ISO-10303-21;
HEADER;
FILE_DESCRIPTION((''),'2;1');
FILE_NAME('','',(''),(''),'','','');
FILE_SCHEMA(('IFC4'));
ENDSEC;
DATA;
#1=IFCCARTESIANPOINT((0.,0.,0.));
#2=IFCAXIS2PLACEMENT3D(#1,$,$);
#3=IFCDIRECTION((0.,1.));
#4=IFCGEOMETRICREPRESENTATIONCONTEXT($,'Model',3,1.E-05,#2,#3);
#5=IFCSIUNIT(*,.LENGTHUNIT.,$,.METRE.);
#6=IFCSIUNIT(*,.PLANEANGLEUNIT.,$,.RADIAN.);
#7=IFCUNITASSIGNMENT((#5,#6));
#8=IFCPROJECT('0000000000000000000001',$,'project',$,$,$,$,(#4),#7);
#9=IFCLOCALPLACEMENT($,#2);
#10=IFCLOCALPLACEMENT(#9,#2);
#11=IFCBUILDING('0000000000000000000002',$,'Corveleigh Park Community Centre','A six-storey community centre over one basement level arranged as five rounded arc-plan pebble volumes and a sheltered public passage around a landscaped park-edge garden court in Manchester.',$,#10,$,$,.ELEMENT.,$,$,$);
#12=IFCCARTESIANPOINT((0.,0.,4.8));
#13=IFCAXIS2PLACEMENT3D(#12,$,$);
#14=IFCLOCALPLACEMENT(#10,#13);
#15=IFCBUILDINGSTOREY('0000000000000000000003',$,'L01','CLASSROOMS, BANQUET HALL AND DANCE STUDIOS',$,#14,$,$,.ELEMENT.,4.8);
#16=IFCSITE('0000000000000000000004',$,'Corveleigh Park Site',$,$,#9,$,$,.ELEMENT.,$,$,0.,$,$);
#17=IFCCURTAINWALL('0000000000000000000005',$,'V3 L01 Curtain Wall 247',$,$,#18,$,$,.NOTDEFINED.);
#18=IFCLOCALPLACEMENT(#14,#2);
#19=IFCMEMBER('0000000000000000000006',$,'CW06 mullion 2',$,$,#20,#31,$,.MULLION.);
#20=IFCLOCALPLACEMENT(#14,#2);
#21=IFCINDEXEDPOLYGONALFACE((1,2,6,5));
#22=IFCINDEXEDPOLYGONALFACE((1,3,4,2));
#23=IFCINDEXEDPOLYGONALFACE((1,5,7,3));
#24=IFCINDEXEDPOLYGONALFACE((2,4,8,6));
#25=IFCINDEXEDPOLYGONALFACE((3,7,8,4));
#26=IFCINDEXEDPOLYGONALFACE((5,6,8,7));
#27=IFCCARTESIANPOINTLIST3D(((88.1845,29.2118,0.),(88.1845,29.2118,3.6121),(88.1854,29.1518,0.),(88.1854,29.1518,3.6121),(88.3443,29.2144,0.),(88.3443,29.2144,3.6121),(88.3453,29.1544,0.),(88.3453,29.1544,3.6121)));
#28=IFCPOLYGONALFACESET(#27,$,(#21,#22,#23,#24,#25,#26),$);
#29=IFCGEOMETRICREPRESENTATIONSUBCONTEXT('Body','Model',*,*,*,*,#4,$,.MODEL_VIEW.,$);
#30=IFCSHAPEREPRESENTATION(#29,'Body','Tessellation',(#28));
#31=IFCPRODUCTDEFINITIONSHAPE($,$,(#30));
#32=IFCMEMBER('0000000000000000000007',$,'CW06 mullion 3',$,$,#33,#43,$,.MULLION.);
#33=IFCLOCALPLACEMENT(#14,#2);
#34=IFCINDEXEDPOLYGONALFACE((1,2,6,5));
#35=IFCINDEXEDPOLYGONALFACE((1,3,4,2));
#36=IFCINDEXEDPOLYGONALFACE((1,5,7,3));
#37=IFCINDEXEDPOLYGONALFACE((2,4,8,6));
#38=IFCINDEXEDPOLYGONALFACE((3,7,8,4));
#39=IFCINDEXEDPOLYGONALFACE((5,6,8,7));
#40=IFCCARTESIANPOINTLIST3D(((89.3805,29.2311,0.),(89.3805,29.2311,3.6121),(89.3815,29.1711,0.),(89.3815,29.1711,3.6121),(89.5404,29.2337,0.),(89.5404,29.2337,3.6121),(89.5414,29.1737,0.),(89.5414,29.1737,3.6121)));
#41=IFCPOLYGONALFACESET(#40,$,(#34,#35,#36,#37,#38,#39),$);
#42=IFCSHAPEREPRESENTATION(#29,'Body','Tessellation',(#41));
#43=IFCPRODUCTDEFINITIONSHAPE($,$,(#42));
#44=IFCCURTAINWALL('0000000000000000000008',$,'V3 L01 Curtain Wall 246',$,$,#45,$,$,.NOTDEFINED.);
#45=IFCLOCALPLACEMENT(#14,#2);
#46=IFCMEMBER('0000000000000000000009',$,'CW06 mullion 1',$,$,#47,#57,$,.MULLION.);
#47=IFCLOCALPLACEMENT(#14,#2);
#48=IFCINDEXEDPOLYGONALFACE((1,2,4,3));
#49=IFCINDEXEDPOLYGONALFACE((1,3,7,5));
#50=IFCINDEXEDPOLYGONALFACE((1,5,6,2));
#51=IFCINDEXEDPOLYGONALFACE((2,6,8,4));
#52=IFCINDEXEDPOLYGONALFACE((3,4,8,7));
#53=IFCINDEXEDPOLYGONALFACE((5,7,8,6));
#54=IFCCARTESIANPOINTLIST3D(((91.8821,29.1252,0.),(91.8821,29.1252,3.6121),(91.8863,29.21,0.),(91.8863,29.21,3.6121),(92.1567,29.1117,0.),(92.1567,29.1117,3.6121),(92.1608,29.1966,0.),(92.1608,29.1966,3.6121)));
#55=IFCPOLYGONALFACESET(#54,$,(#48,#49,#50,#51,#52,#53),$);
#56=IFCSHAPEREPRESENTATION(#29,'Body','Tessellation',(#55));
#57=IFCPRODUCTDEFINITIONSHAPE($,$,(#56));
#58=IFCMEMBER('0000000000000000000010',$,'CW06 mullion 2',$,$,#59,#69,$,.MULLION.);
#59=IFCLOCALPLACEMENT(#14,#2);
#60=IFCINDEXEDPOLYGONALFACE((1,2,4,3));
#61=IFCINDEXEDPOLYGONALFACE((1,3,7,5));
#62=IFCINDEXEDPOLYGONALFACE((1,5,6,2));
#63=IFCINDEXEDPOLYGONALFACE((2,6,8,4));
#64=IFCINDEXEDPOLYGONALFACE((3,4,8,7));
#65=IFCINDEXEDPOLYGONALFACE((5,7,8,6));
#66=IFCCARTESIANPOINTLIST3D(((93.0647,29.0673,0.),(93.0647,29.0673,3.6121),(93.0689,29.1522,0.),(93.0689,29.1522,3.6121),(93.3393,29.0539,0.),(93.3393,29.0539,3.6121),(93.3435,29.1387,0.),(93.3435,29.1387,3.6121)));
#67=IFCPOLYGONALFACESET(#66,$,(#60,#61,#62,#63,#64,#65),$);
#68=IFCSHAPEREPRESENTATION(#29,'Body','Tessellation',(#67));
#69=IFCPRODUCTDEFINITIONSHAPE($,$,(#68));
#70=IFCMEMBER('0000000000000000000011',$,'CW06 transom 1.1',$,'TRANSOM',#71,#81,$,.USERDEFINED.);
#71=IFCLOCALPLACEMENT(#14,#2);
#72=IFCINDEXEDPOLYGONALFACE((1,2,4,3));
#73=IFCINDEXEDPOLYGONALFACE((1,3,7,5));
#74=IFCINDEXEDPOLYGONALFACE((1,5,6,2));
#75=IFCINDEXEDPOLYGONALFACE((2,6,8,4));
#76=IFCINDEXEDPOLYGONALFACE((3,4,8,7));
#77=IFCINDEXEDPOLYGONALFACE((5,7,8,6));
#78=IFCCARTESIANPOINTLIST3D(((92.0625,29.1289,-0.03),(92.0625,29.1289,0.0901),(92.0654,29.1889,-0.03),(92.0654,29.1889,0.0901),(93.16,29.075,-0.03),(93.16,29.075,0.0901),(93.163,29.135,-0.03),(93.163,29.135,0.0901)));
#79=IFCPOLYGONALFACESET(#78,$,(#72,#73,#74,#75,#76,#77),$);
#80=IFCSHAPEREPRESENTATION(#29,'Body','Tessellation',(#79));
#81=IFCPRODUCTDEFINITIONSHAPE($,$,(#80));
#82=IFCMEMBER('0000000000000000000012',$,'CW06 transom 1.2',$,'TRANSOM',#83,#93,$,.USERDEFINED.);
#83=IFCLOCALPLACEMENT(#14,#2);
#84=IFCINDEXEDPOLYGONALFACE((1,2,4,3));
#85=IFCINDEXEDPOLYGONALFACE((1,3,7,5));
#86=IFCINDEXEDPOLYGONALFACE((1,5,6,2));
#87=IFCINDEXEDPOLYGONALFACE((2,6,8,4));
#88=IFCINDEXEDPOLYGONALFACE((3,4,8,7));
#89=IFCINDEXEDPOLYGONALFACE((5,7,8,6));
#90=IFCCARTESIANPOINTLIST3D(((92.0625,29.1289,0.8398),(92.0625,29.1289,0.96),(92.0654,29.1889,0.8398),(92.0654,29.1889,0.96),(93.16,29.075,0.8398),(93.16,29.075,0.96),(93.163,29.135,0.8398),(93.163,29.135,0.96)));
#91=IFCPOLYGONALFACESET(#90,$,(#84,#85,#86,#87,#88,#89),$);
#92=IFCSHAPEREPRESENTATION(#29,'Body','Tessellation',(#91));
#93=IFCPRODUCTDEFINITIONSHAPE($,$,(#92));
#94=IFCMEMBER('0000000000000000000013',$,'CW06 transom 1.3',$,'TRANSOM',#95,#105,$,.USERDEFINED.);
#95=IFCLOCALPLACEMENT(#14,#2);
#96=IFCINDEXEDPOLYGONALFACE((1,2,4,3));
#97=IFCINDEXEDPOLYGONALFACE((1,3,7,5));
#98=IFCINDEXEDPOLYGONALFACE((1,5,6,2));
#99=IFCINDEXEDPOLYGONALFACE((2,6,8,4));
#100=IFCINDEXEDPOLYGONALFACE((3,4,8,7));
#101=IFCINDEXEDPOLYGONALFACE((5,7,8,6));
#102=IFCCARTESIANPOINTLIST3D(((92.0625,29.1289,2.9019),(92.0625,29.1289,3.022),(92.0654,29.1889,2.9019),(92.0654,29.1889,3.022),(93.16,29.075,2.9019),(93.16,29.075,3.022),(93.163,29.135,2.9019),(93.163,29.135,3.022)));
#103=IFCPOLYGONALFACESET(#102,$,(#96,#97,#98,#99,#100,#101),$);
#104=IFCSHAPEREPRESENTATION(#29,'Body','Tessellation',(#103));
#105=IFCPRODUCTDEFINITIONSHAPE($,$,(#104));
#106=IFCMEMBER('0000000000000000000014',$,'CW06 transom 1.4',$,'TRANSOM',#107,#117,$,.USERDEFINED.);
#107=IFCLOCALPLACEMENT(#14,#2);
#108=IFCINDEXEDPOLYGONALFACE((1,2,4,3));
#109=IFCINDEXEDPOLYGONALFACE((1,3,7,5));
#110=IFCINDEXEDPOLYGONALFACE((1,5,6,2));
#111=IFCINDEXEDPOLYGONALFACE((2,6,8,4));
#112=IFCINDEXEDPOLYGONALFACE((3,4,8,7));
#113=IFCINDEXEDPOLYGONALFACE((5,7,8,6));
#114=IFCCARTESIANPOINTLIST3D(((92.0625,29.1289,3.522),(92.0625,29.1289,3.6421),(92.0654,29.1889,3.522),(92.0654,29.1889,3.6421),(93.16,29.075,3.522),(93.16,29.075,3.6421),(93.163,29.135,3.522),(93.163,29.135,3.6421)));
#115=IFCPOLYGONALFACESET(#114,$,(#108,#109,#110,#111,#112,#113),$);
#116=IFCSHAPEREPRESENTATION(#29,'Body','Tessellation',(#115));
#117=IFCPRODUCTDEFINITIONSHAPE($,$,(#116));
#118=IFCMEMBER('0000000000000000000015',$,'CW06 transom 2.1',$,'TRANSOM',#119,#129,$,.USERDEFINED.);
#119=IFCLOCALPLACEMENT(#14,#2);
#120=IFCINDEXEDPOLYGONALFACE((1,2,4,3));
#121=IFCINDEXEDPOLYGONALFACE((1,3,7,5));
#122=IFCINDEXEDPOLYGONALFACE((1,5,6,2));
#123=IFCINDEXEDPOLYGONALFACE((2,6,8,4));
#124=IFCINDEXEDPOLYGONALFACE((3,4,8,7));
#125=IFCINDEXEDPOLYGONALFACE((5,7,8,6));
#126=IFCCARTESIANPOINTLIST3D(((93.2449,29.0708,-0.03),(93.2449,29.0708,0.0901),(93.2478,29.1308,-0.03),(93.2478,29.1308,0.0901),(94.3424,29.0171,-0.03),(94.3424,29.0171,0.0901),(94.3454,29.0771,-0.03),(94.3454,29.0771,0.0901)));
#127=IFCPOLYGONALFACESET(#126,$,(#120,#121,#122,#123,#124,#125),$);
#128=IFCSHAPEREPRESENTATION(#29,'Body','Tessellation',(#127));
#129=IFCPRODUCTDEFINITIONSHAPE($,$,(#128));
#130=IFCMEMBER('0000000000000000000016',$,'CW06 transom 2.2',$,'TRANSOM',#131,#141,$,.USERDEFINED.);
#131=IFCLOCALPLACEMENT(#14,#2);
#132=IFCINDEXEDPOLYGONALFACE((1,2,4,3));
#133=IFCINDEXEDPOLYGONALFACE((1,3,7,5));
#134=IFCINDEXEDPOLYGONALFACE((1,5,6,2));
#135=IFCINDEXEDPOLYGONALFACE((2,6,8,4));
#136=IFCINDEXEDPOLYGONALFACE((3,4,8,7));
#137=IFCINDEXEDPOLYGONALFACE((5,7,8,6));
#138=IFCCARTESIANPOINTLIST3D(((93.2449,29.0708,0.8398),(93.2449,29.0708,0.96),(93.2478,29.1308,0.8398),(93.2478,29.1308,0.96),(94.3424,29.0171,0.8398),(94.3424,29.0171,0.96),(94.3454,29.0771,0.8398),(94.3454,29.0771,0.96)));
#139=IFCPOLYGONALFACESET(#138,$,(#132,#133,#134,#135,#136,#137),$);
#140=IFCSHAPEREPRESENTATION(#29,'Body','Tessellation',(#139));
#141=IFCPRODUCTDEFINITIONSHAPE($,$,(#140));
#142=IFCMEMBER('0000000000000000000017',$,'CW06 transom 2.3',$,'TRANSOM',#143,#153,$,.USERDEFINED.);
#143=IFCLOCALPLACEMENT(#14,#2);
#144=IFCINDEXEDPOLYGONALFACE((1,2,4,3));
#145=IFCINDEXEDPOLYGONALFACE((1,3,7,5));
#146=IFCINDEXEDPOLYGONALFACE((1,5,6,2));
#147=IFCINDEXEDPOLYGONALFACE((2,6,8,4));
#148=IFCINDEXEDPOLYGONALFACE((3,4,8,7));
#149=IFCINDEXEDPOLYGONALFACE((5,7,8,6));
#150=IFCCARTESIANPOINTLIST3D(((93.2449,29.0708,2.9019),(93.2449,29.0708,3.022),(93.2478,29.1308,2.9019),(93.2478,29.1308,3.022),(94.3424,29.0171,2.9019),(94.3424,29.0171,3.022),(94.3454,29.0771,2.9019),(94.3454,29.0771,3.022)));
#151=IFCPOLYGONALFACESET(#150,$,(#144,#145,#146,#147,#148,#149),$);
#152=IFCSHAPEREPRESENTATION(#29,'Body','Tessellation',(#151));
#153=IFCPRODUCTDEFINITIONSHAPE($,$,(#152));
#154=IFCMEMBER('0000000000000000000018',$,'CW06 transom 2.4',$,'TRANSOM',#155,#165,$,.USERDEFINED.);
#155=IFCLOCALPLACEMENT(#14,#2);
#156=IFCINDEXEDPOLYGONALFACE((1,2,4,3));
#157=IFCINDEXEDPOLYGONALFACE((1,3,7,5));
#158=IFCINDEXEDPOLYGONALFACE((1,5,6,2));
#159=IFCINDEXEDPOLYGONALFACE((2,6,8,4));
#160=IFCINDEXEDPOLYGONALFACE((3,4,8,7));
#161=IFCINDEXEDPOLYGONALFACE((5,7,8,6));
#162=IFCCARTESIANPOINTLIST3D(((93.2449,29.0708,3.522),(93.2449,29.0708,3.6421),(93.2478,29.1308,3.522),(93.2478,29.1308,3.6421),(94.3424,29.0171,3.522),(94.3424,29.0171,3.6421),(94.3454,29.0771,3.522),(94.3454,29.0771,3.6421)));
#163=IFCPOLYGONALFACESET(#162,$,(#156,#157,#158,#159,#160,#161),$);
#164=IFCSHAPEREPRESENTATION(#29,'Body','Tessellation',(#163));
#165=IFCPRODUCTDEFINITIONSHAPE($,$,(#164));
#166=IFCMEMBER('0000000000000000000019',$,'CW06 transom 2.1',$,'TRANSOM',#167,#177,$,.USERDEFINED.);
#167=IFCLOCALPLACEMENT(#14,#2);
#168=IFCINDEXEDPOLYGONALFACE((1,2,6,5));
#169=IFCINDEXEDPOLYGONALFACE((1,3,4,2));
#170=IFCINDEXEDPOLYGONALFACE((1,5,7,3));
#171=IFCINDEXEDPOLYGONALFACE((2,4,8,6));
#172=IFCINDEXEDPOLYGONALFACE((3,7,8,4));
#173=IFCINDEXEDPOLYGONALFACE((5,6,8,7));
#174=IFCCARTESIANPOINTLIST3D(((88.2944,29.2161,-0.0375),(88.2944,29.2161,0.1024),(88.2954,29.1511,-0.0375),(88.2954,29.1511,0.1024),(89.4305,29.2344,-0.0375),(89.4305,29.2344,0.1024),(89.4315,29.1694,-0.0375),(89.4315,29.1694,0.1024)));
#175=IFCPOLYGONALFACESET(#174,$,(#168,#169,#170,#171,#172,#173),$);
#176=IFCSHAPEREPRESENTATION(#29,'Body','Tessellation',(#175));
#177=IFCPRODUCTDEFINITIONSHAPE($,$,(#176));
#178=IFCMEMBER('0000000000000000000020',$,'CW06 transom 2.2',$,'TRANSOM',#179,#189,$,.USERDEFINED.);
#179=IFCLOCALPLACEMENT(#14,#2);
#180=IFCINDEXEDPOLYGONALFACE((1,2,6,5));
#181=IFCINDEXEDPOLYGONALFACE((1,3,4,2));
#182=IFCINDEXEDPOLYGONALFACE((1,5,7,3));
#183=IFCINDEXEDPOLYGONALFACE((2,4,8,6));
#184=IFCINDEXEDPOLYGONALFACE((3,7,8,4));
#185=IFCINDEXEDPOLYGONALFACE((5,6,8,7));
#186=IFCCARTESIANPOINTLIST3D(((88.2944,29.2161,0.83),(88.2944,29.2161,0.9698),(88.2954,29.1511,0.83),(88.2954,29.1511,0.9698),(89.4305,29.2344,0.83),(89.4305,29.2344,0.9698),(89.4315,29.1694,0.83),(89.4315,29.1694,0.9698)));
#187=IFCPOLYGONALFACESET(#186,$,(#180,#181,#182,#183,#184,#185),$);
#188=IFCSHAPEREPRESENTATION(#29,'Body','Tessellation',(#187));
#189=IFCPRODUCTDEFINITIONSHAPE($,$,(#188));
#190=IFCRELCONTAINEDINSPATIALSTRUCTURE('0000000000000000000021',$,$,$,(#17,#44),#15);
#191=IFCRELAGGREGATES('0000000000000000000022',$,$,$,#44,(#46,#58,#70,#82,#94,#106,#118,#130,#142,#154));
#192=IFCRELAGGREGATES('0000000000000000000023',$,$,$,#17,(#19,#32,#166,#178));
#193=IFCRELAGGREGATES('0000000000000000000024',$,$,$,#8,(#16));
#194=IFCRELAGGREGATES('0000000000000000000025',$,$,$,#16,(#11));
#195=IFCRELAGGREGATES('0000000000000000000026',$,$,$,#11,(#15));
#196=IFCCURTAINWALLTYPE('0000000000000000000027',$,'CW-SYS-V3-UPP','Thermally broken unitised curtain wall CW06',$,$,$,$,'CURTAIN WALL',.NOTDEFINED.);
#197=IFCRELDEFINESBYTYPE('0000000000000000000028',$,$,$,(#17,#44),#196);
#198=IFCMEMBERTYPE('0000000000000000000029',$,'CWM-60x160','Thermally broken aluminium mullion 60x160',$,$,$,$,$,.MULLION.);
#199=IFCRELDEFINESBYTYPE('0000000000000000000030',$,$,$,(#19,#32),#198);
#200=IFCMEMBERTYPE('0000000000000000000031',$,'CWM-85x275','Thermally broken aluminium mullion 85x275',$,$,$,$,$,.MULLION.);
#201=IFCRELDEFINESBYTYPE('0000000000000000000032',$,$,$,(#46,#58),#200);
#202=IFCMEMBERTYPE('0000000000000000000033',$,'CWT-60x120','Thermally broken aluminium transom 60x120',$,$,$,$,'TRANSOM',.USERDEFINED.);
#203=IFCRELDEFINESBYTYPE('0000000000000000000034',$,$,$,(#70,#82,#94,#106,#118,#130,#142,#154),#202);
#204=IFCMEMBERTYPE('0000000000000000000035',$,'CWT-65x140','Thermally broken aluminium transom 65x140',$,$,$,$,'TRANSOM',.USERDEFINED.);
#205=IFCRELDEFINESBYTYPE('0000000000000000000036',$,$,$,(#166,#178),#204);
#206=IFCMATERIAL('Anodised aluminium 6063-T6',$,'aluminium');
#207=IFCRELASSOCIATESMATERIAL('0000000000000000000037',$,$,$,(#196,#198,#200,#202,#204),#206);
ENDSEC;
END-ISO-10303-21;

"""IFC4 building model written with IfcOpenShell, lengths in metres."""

from ifc_helpers import new_model, si_unit, direction, frame, origin, origin_2d, place, context, subcontext, project, spatial, rectangle, extrude, material, material_profile, profile_set, type_object, element, aggregate, save


model = new_model("IFC4")

# Units and contexts
model_context = context("Model", 3, precision=1e-05, world=origin(), true_north=direction((0.0, 1.0)))
body_context = subcontext(model_context, "Body", "Model", "MODEL_VIEW")
ifc_project = project(units=[si_unit("LENGTHUNIT", "METRE"), si_unit("PLANEANGLEUNIT", "RADIAN")], contexts=[model_context])

# Site, building, storey
site_placement = place(None, origin())
site = spatial("IfcSite", under=ifc_project, at=site_placement, Name="Corveleigh Park Site", CompositionType="ELEMENT", RefElevation=0.0)
building_placement = place(site_placement, origin())
building = spatial("IfcBuilding", under=site, at=building_placement, Name="Corveleigh Park Community Centre", Description="A six-storey community centre over one basement level arranged as five rounded arc-plan pebble volumes and a sheltered public passage around a landscaped park-edge garden court in Manchester.", CompositionType="ELEMENT")
storey_placement = place(building_placement, frame((0.0, 0.0, 4.8)))
storey = spatial("IfcBuildingStorey", under=building, at=storey_placement, Name="L01", Description="CLASSROOMS, BANQUET HALL AND DANCE STUDIOS", CompositionType="ELEMENT", Elevation=4.8)

# Curtain walls, members
ifc_material_1 = material(Name="Anodised aluminium 6063-T6", Category="aluminium")
curtain_wall_type = type_object("IfcCurtainWallType", Name="CW-SYS-V3-UPP", Description="Thermally broken unitised curtain wall CW06", ElementType="CURTAIN WALL", PredefinedType="NOTDEFINED", material=ifc_material_1)
curtain_wall_1_placement = place(storey_placement, origin())
curtain_wall_1 = element("IfcCurtainWall", 1, at=curtain_wall_1_placement, inside=storey, type_object=curtain_wall_type, Name="V3 L01 Curtain Wall 247", PredefinedType="NOTDEFINED")
ifc_material_profile_1 = material_profile(ifc_material_1, rectangle(XDim=0.0601, YDim=0.1599, at=origin_2d()), Name="ALU-M60x160", Category="aluminium")
ifc_profile_set_1 = profile_set([ifc_material_profile_1], Name="Anodised aluminium 6063-T6")
member_type_1 = type_object("IfcMemberType", Name="CWM-60x160", Description="Thermally broken aluminium mullion 60x160", PredefinedType="MULLION", material=ifc_profile_set_1)
member_1_placement = place(storey_placement, frame((88.2649, 29.1831, 0.0), z_axis=(0.0, 0.0, 1.0), x_axis=(-0.016311, 0.999867, 0.0)))
member_1 = element("IfcMember", 2, at=member_1_placement, type_object=member_type_1, Name="CW06 mullion 2", PredefinedType="MULLION", context=body_context, shape_type="SweptSolid", body=[
    extrude(rectangle(XDim=0.0601, YDim=0.1599, at=origin_2d()), origin(), (0.0, 0.0, 1.0), 3.6121),
])
member_2_placement = place(storey_placement, frame((89.4609, 29.2024, 0.0), z_axis=(0.0, 0.0, 1.0), x_axis=(-0.016311, 0.999867, 0.0)))
member_2 = element("IfcMember", 3, at=member_2_placement, type_object=member_type_1, Name="CW06 mullion 3", PredefinedType="MULLION", context=body_context, shape_type="SweptSolid", body=[
    extrude(rectangle(XDim=0.0601, YDim=0.1599, at=origin_2d()), origin(), (0.0, 0.0, 1.0), 3.6121),
])
curtain_wall_2_placement = place(storey_placement, origin())
curtain_wall_2 = element("IfcCurtainWall", 4, at=curtain_wall_2_placement, inside=storey, type_object=curtain_wall_type, Name="V3 L01 Curtain Wall 246", PredefinedType="NOTDEFINED")
ifc_material_profile_2 = material_profile(ifc_material_1, rectangle(XDim=0.085, YDim=0.2749, at=origin_2d()), Name="ALU-M85x275", Category="aluminium")
ifc_profile_set_2 = profile_set([ifc_material_profile_2], Name="Anodised aluminium 6063-T6")
member_type_2 = type_object("IfcMemberType", Name="CWM-85x275", Description="Thermally broken aluminium mullion 85x275", PredefinedType="MULLION", material=ifc_profile_set_2)
member_3_placement = place(storey_placement, frame((92.0215, 29.1609, 0.0), z_axis=(0.0, 0.0, 1.0), x_axis=(0.048921, 0.998803, 0.0)))
member_3 = element("IfcMember", 5, at=member_3_placement, type_object=member_type_2, Name="CW06 mullion 1", PredefinedType="MULLION", context=body_context, shape_type="SweptSolid", body=[
    extrude(rectangle(XDim=0.085, YDim=0.2749, at=origin_2d()), origin(), (0.0, 0.0, 1.0), 3.6121),
])
member_4_placement = place(storey_placement, frame((93.2041, 29.103, 0.0), z_axis=(0.0, 0.0, 1.0), x_axis=(0.048921, 0.998803, 0.0)))
member_4 = element("IfcMember", 6, at=member_4_placement, type_object=member_type_2, Name="CW06 mullion 2", PredefinedType="MULLION", context=body_context, shape_type="SweptSolid", body=[
    extrude(rectangle(XDim=0.085, YDim=0.2749, at=origin_2d()), origin(), (0.0, 0.0, 1.0), 3.6121),
])
ifc_material_profile_3 = material_profile(ifc_material_1, rectangle(XDim=0.0601, YDim=0.1201, at=origin_2d()), Name="ALU-T60x120", Category="aluminium")
ifc_profile_set_3 = profile_set([ifc_material_profile_3], Name="Anodised aluminium 6063-T6")
member_type_3 = type_object("IfcMemberType", Name="CWT-60x120", Description="Thermally broken aluminium transom 60x120", ElementType="TRANSOM", PredefinedType="USERDEFINED", material=ifc_profile_set_3)
member_5_placement = place(storey_placement, frame((92.064, 29.1589, 0.03), z_axis=(0.998794, -0.049096, 0.0), x_axis=(0.049096, 0.998794, 0.0)))
member_5 = element("IfcMember", 7, at=member_5_placement, type_object=member_type_3, Name="CW06 transom 1.1", ObjectType="TRANSOM", PredefinedType="USERDEFINED", context=body_context, shape_type="SweptSolid", body=[
    extrude(rectangle(XDim=0.0601, YDim=0.1201, at=origin_2d()), origin(), (0.0, 0.0, 1.0), 1.0989),
])
member_6_placement = place(storey_placement, frame((92.064, 29.1589, 0.8999), z_axis=(0.998794, -0.049096, 0.0), x_axis=(0.049096, 0.998794, 0.0)))
member_6 = element("IfcMember", 8, at=member_6_placement, type_object=member_type_3, Name="CW06 transom 1.2", ObjectType="TRANSOM", PredefinedType="USERDEFINED", context=body_context, shape_type="SweptSolid", body=[
    extrude(rectangle(XDim=0.0601, YDim=0.1201, at=origin_2d()), origin(), (0.0, 0.0, 1.0), 1.0989),
])
member_7_placement = place(storey_placement, frame((92.064, 29.1589, 2.9619), z_axis=(0.998794, -0.049096, 0.0), x_axis=(0.049096, 0.998794, 0.0)))
member_7 = element("IfcMember", 9, at=member_7_placement, type_object=member_type_3, Name="CW06 transom 1.3", ObjectType="TRANSOM", PredefinedType="USERDEFINED", context=body_context, shape_type="SweptSolid", body=[
    extrude(rectangle(XDim=0.0601, YDim=0.1201, at=origin_2d()), origin(), (0.0, 0.0, 1.0), 1.0989),
])
member_8_placement = place(storey_placement, frame((92.064, 29.1589, 3.582), z_axis=(0.998794, -0.049096, 0.0), x_axis=(0.049096, 0.998794, 0.0)))
member_8 = element("IfcMember", 10, at=member_8_placement, type_object=member_type_3, Name="CW06 transom 1.4", ObjectType="TRANSOM", PredefinedType="USERDEFINED", context=body_context, shape_type="SweptSolid", body=[
    extrude(rectangle(XDim=0.0601, YDim=0.1201, at=origin_2d()), origin(), (0.0, 0.0, 1.0), 1.0989),
])
member_9_placement = place(storey_placement, frame((93.2463, 29.1008, 0.03), z_axis=(0.998805, -0.048874, 0.0), x_axis=(0.048874, 0.998805, 0.0)))
member_9 = element("IfcMember", 11, at=member_9_placement, type_object=member_type_3, Name="CW06 transom 2.1", ObjectType="TRANSOM", PredefinedType="USERDEFINED", context=body_context, shape_type="SweptSolid", body=[
    extrude(rectangle(XDim=0.0601, YDim=0.1201, at=origin_2d()), origin(), (0.0, 0.0, 1.0), 1.0989),
])
member_10_placement = place(storey_placement, frame((93.2463, 29.1008, 0.8999), z_axis=(0.998805, -0.048874, 0.0), x_axis=(0.048874, 0.998805, 0.0)))
member_10 = element("IfcMember", 12, at=member_10_placement, type_object=member_type_3, Name="CW06 transom 2.2", ObjectType="TRANSOM", PredefinedType="USERDEFINED", context=body_context, shape_type="SweptSolid", body=[
    extrude(rectangle(XDim=0.0601, YDim=0.1201, at=origin_2d()), origin(), (0.0, 0.0, 1.0), 1.0989),
])
member_11_placement = place(storey_placement, frame((93.2463, 29.1008, 2.9619), z_axis=(0.998805, -0.048874, 0.0), x_axis=(0.048874, 0.998805, 0.0)))
member_11 = element("IfcMember", 13, at=member_11_placement, type_object=member_type_3, Name="CW06 transom 2.3", ObjectType="TRANSOM", PredefinedType="USERDEFINED", context=body_context, shape_type="SweptSolid", body=[
    extrude(rectangle(XDim=0.0601, YDim=0.1201, at=origin_2d()), origin(), (0.0, 0.0, 1.0), 1.0989),
])
member_12_placement = place(storey_placement, frame((93.2463, 29.1008, 3.582), z_axis=(0.998805, -0.048874, 0.0), x_axis=(0.048874, 0.998805, 0.0)))
member_12 = element("IfcMember", 14, at=member_12_placement, type_object=member_type_3, Name="CW06 transom 2.4", ObjectType="TRANSOM", PredefinedType="USERDEFINED", context=body_context, shape_type="SweptSolid", body=[
    extrude(rectangle(XDim=0.0601, YDim=0.1201, at=origin_2d()), origin(), (0.0, 0.0, 1.0), 1.0989),
])

# Members
ifc_material_profile_4 = material_profile(ifc_material_1, rectangle(XDim=0.0649, YDim=0.1399, at=origin_2d()), Name="ALU-T65x140", Category="aluminium")
ifc_profile_set_4 = profile_set([ifc_material_profile_4], Name="Anodised aluminium 6063-T6")
member_type_4 = type_object("IfcMemberType", Name="CWT-65x140", Description="Thermally broken aluminium transom 65x140", ElementType="TRANSOM", PredefinedType="USERDEFINED", material=ifc_profile_set_4)
member_13_placement = place(storey_placement, frame((88.2949, 29.1836, 0.0325), z_axis=(0.99987, 0.016117, 0.0), x_axis=(-0.016117, 0.99987, 0.0)))
member_13 = element("IfcMember", 15, at=member_13_placement, type_object=member_type_4, Name="CW06 transom 2.1", ObjectType="TRANSOM", PredefinedType="USERDEFINED", context=body_context, shape_type="SweptSolid", body=[
    extrude(rectangle(XDim=0.0649, YDim=0.1399, at=origin_2d()), origin(), (0.0, 0.0, 1.0), 1.1362),
])
member_14_placement = place(storey_placement, frame((88.2949, 29.1836, 0.8999), z_axis=(0.99987, 0.016117, 0.0), x_axis=(-0.016117, 0.99987, 0.0)))
member_14 = element("IfcMember", 16, at=member_14_placement, type_object=member_type_4, Name="CW06 transom 2.2", ObjectType="TRANSOM", PredefinedType="USERDEFINED", context=body_context, shape_type="SweptSolid", body=[
    extrude(rectangle(XDim=0.0649, YDim=0.1399, at=origin_2d()), origin(), (0.0, 0.0, 1.0), 1.1362),
])

aggregate(curtain_wall_2, [member_3, member_4, member_5, member_6, member_7, member_8, member_9, member_10, member_11, member_12])
aggregate(curtain_wall_1, [member_1, member_2, member_13, member_14])

save(model, "model.ifc")
